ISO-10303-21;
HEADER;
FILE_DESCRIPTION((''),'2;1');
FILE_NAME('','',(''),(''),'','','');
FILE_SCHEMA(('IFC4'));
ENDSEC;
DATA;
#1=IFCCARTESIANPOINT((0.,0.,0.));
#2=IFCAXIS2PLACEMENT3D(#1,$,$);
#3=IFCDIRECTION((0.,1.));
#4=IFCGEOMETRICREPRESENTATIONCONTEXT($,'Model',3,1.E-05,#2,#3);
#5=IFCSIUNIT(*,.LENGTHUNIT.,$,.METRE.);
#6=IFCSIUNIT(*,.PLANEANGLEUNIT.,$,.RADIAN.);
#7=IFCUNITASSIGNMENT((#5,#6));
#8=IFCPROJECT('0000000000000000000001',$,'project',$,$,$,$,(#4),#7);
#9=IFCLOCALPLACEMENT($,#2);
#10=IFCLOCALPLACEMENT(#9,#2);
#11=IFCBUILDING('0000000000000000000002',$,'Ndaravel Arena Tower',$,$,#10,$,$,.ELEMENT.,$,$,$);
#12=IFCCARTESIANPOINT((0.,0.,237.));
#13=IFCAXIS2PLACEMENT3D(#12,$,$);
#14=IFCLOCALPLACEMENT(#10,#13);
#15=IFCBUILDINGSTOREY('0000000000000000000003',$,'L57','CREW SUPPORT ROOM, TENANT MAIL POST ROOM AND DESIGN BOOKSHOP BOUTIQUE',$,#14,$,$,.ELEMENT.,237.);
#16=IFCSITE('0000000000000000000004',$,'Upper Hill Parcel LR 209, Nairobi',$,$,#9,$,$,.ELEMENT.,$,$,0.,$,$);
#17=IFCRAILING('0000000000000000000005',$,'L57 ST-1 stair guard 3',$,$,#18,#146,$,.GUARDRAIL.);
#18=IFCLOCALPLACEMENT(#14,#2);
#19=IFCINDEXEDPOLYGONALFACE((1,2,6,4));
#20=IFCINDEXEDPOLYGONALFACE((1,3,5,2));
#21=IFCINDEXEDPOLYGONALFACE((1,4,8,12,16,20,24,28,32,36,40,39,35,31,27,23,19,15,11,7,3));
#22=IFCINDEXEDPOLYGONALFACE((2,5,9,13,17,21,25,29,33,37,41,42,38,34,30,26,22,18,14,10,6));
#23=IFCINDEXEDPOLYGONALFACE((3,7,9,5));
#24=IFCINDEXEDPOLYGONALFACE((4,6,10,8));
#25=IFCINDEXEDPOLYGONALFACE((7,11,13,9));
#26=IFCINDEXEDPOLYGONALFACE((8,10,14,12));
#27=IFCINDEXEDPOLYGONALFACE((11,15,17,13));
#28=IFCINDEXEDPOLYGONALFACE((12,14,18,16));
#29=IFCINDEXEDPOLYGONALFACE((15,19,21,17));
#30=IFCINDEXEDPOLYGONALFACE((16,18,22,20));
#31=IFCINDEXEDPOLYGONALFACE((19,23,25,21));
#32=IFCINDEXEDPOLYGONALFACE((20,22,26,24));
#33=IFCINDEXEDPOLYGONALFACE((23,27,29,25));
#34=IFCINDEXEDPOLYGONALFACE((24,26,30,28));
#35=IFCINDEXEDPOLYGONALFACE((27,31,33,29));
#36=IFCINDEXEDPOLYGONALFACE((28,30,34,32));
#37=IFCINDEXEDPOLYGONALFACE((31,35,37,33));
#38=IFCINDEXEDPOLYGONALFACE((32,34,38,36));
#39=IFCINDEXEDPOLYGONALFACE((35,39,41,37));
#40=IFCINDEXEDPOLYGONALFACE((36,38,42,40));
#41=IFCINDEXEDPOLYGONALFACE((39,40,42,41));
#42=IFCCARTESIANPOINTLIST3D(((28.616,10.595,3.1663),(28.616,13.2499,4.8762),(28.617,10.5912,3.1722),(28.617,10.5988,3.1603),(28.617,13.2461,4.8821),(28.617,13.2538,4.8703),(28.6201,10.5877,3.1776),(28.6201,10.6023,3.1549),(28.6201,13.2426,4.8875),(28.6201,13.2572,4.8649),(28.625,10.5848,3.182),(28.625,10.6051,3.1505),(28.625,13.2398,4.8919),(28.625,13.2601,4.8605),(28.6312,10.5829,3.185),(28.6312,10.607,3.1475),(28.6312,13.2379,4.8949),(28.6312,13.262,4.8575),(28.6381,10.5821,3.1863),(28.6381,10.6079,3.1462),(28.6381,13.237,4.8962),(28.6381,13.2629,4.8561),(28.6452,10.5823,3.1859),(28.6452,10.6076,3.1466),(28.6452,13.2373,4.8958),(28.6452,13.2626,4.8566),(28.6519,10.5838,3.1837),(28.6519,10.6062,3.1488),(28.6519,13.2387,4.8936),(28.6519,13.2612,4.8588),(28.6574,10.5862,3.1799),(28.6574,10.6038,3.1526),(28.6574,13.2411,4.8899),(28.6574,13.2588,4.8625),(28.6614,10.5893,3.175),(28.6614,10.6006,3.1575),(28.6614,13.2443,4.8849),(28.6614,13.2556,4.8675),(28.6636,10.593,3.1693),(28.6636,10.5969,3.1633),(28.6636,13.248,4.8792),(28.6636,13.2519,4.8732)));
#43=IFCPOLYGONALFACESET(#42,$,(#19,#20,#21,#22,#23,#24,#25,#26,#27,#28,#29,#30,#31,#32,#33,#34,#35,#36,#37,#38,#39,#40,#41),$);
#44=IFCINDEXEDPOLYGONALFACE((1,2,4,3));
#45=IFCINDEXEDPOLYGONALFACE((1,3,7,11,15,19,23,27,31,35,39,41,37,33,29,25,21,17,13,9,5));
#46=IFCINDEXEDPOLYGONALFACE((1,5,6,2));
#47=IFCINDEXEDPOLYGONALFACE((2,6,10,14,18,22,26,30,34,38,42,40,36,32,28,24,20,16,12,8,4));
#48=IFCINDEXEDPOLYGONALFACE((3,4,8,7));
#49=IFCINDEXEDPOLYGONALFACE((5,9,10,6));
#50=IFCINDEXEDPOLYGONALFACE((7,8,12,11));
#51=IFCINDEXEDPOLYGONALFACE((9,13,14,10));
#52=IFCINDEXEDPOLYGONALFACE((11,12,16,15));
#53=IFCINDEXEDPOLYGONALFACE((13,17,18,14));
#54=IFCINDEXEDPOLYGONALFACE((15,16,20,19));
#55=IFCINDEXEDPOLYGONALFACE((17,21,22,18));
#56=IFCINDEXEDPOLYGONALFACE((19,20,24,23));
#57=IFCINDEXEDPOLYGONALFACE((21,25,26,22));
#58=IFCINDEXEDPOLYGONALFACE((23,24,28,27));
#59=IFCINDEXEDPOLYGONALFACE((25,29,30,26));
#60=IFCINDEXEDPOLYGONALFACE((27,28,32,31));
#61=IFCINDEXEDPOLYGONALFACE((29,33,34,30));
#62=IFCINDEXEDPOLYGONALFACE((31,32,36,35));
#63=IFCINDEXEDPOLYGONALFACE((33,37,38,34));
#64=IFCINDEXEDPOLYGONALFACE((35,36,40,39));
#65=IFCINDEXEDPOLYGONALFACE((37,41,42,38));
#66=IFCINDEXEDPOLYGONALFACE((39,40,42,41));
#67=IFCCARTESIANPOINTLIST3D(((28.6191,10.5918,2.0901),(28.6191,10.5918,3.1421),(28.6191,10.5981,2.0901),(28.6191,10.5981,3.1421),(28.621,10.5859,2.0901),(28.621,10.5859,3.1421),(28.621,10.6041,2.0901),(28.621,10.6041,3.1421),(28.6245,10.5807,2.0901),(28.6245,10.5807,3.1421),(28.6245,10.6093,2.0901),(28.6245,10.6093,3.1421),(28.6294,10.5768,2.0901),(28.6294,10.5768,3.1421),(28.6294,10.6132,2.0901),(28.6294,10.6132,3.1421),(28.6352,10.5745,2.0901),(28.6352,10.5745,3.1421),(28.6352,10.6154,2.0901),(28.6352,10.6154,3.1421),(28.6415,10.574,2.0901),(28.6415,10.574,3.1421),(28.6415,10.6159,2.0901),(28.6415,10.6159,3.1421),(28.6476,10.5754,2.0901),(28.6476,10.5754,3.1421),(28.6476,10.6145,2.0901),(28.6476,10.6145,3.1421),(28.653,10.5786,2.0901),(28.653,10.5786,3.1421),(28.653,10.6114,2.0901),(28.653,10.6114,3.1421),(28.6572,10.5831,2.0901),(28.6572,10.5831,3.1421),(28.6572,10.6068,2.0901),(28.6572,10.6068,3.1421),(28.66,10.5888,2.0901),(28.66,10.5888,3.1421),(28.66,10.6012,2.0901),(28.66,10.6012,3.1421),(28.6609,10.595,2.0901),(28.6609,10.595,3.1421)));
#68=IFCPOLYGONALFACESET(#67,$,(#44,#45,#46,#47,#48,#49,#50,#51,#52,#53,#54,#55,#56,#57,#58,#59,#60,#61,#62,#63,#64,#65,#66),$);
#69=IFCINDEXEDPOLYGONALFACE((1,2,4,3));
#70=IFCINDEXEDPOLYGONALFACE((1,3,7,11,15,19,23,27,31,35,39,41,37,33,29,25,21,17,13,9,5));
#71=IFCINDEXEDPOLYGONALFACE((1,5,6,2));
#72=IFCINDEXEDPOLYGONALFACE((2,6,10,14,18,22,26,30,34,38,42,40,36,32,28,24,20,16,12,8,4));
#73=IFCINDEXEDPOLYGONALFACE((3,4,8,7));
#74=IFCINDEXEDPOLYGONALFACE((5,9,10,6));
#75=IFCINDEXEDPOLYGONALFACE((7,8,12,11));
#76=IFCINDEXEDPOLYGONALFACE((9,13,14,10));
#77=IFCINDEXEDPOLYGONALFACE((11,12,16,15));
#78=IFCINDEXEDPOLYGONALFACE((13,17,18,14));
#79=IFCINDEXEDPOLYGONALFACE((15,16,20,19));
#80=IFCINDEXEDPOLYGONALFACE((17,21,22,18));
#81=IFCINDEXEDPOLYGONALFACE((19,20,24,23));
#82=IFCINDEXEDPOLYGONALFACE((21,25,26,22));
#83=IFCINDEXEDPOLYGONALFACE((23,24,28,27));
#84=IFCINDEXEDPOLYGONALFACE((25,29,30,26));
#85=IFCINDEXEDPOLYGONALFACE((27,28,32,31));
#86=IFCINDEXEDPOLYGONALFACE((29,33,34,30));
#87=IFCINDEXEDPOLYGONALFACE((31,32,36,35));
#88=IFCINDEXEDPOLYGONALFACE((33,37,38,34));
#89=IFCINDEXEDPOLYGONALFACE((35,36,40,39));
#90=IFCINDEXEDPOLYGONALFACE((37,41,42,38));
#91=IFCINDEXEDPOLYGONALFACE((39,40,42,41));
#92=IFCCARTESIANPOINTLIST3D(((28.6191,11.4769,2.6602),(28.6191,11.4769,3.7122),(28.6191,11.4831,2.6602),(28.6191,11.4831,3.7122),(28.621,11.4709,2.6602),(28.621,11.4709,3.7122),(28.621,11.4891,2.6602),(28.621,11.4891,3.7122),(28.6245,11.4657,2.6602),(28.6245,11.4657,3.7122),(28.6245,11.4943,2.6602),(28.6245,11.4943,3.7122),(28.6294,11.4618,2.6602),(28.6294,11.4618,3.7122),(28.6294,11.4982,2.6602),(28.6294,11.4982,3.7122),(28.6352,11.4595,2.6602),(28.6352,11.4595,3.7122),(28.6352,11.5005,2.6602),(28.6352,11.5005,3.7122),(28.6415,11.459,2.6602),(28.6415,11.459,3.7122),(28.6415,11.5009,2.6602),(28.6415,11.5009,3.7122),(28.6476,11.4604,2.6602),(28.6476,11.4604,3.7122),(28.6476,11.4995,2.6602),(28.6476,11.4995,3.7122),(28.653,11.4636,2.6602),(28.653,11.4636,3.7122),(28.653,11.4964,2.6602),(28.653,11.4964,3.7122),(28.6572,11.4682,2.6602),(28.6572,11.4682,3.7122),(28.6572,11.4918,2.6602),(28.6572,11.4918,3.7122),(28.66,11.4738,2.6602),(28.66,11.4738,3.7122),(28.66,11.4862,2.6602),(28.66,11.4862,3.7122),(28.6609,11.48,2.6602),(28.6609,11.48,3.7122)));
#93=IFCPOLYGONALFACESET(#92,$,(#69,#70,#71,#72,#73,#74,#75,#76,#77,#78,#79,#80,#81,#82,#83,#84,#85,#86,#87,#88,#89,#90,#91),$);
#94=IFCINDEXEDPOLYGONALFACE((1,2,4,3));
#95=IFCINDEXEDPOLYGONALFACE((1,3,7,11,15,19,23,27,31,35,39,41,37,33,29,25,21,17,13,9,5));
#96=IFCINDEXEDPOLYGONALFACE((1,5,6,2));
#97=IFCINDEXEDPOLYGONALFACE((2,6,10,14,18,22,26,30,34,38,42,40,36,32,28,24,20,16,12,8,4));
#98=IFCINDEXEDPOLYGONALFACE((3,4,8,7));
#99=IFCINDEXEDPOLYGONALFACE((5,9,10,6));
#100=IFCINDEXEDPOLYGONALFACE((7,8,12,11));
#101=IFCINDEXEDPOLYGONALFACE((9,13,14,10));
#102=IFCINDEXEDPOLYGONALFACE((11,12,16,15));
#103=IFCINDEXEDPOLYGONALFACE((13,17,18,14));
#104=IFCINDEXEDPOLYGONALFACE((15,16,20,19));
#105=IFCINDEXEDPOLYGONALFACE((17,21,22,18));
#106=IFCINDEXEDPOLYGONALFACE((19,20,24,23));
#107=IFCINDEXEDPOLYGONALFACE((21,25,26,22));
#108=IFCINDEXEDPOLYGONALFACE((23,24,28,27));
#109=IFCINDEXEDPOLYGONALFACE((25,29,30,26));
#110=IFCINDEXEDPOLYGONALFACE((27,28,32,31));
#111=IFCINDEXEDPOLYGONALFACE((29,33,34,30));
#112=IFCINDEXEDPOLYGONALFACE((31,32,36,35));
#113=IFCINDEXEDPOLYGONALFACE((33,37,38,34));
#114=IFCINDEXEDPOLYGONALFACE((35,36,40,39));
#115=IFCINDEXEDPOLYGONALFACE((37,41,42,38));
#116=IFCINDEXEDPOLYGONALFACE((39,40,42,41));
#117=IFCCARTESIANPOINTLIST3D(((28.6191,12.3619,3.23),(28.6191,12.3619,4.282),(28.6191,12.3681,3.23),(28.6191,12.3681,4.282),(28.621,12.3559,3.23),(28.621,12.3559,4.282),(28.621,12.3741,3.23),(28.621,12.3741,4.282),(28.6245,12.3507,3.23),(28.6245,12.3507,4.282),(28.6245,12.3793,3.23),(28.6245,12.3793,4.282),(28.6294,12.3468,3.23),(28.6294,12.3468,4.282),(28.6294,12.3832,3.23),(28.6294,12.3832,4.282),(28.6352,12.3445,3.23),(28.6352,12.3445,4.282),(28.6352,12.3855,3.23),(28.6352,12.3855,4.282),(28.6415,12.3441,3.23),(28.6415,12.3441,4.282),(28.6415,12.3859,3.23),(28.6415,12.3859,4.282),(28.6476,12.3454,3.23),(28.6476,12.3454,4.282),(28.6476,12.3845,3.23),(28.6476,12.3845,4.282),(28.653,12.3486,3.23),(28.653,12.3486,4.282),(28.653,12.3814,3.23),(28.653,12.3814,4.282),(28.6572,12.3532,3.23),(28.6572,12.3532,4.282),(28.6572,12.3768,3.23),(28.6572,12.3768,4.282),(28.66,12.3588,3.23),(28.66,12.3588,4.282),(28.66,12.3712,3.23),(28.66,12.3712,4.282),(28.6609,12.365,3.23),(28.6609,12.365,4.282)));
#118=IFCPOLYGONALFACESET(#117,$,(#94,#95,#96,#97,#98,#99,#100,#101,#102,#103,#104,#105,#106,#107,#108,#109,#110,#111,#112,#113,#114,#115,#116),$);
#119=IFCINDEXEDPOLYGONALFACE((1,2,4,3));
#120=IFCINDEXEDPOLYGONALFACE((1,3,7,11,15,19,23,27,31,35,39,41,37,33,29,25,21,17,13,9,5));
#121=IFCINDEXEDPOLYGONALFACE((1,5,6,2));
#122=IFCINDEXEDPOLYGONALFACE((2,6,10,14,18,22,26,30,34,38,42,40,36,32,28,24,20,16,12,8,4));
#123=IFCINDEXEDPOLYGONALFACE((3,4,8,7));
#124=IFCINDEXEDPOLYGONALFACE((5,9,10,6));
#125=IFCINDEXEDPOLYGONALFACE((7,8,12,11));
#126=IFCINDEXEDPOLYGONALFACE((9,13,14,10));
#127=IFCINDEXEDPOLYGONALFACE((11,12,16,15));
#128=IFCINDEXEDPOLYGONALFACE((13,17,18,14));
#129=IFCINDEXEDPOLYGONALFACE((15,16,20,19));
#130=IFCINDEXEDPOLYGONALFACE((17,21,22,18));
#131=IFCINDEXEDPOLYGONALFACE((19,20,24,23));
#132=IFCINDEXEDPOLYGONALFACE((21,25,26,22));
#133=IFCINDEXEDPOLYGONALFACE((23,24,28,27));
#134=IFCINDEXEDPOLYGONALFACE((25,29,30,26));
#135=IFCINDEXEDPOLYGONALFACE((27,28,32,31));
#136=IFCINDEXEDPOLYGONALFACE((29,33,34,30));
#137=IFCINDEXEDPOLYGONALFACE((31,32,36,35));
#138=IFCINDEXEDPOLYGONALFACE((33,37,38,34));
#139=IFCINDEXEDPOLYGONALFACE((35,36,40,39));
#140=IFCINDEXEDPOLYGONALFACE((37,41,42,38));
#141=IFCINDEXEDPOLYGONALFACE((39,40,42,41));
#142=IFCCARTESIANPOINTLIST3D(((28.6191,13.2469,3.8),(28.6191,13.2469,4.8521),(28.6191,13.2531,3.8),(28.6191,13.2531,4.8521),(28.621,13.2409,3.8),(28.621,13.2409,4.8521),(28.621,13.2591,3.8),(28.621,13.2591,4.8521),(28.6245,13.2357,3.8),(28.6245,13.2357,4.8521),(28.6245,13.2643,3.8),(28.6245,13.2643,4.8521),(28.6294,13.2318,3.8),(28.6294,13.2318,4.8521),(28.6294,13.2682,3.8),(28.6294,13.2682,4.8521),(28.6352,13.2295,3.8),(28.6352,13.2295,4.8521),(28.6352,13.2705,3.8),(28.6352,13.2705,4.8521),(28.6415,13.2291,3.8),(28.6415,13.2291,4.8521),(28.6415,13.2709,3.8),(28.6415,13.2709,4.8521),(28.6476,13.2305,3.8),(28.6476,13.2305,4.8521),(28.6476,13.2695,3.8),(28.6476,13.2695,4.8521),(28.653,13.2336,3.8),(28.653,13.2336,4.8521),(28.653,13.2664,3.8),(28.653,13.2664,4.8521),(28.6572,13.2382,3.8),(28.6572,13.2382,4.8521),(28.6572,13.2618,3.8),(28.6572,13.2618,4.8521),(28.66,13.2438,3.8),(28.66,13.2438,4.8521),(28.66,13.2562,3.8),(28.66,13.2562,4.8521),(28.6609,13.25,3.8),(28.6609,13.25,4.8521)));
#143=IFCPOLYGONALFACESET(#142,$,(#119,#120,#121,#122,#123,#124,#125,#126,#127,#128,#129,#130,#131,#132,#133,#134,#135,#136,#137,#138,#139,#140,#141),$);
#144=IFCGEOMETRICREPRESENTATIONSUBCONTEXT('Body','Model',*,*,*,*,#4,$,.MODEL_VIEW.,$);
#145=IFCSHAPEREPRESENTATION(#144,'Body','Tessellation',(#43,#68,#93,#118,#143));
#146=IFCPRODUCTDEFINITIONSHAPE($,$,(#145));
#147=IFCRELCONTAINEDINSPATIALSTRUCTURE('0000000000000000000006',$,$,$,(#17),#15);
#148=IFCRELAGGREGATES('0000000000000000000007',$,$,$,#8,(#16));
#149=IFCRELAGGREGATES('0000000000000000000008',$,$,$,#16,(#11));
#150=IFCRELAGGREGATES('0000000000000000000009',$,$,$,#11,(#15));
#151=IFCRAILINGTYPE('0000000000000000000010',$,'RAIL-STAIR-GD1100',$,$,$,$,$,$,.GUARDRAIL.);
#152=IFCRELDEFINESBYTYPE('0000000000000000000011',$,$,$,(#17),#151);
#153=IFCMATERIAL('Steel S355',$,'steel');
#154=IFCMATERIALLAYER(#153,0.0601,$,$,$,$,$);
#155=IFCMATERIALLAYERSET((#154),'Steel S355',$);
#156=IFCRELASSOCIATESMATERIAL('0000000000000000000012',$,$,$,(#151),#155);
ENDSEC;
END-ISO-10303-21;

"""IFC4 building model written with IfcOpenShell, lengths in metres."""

from ifc_helpers import new_model, si_unit, direction, frame, origin, origin_2d, place, context, subcontext, project, spatial, circle, extrude, material, layer, layer_set, type_object, element, save


model = new_model("IFC4")

# Units and contexts
model_context = context("Model", 3, precision=1e-05, world=origin(), true_north=direction((0.0, 1.0)))
body_context = subcontext(model_context, "Body", "Model", "MODEL_VIEW")
ifc_project = project(units=[si_unit("LENGTHUNIT", "METRE"), si_unit("PLANEANGLEUNIT", "RADIAN")], contexts=[model_context])

# Site, building, storey
site_placement = place(None, origin())
site = spatial("IfcSite", under=ifc_project, at=site_placement, Name="Upper Hill Parcel LR 209, Nairobi", CompositionType="ELEMENT", RefElevation=0.0)
building_placement = place(site_placement, origin())
building = spatial("IfcBuilding", under=site, at=building_placement, Name="Ndaravel Arena Tower", CompositionType="ELEMENT")
storey_placement = place(building_placement, frame((0.0, 0.0, 237.0)))
storey = spatial("IfcBuildingStorey", under=building, at=storey_placement, Name="L57", Description="CREW SUPPORT ROOM, TENANT MAIL POST ROOM AND DESIGN BOOKSHOP BOUTIQUE", CompositionType="ELEMENT", Elevation=237.0)

# Railing
ifc_material_1 = material(Name="Steel S355", Category="steel")
ifc_layer_1 = layer(ifc_material_1, 0.0601)
ifc_layer_set_1 = layer_set([ifc_layer_1], Name="Steel S355")
railing_type_1 = type_object("IfcRailingType", Name="RAIL-STAIR-GD1100", PredefinedType="GUARDRAIL", material=ifc_layer_set_1)
railing_1_placement = place(storey_placement, frame((28.6399, 10.595, 2.0901)))
element("IfcRailing", 1, at=railing_1_placement, inside=storey, type_object=railing_type_1, Name="L57 ST-1 stair guard 3", PredefinedType="GUARDRAIL", context=body_context, shape_type="SweptSolid", body=[
    extrude(circle(Radius=0.0239, at=origin_2d()), frame((0.0, 0.0, 1.0762), z_axis=(0.0, 0.840724, 0.541465), x_axis=(-1.0, 0.0, 0.0)), (0.0, 0.0, 1.0), 3.158),
    extrude(circle(Radius=0.021, at=origin_2d()), origin(), (0.0, 0.0, 1.0), 1.052),
    extrude(circle(Radius=0.021, at=origin_2d()), frame((0.0, 0.885, 0.5701)), (0.0, 0.0, 1.0), 1.052),
    extrude(circle(Radius=0.021, at=origin_2d()), frame((0.0, 1.77, 1.1399)), (0.0, 0.0, 1.0), 1.052),
    extrude(circle(Radius=0.021, at=origin_2d()), frame((0.0, 2.655, 1.71)), (0.0, 0.0, 1.0), 1.052),
])

save(model, "model.ifc")
